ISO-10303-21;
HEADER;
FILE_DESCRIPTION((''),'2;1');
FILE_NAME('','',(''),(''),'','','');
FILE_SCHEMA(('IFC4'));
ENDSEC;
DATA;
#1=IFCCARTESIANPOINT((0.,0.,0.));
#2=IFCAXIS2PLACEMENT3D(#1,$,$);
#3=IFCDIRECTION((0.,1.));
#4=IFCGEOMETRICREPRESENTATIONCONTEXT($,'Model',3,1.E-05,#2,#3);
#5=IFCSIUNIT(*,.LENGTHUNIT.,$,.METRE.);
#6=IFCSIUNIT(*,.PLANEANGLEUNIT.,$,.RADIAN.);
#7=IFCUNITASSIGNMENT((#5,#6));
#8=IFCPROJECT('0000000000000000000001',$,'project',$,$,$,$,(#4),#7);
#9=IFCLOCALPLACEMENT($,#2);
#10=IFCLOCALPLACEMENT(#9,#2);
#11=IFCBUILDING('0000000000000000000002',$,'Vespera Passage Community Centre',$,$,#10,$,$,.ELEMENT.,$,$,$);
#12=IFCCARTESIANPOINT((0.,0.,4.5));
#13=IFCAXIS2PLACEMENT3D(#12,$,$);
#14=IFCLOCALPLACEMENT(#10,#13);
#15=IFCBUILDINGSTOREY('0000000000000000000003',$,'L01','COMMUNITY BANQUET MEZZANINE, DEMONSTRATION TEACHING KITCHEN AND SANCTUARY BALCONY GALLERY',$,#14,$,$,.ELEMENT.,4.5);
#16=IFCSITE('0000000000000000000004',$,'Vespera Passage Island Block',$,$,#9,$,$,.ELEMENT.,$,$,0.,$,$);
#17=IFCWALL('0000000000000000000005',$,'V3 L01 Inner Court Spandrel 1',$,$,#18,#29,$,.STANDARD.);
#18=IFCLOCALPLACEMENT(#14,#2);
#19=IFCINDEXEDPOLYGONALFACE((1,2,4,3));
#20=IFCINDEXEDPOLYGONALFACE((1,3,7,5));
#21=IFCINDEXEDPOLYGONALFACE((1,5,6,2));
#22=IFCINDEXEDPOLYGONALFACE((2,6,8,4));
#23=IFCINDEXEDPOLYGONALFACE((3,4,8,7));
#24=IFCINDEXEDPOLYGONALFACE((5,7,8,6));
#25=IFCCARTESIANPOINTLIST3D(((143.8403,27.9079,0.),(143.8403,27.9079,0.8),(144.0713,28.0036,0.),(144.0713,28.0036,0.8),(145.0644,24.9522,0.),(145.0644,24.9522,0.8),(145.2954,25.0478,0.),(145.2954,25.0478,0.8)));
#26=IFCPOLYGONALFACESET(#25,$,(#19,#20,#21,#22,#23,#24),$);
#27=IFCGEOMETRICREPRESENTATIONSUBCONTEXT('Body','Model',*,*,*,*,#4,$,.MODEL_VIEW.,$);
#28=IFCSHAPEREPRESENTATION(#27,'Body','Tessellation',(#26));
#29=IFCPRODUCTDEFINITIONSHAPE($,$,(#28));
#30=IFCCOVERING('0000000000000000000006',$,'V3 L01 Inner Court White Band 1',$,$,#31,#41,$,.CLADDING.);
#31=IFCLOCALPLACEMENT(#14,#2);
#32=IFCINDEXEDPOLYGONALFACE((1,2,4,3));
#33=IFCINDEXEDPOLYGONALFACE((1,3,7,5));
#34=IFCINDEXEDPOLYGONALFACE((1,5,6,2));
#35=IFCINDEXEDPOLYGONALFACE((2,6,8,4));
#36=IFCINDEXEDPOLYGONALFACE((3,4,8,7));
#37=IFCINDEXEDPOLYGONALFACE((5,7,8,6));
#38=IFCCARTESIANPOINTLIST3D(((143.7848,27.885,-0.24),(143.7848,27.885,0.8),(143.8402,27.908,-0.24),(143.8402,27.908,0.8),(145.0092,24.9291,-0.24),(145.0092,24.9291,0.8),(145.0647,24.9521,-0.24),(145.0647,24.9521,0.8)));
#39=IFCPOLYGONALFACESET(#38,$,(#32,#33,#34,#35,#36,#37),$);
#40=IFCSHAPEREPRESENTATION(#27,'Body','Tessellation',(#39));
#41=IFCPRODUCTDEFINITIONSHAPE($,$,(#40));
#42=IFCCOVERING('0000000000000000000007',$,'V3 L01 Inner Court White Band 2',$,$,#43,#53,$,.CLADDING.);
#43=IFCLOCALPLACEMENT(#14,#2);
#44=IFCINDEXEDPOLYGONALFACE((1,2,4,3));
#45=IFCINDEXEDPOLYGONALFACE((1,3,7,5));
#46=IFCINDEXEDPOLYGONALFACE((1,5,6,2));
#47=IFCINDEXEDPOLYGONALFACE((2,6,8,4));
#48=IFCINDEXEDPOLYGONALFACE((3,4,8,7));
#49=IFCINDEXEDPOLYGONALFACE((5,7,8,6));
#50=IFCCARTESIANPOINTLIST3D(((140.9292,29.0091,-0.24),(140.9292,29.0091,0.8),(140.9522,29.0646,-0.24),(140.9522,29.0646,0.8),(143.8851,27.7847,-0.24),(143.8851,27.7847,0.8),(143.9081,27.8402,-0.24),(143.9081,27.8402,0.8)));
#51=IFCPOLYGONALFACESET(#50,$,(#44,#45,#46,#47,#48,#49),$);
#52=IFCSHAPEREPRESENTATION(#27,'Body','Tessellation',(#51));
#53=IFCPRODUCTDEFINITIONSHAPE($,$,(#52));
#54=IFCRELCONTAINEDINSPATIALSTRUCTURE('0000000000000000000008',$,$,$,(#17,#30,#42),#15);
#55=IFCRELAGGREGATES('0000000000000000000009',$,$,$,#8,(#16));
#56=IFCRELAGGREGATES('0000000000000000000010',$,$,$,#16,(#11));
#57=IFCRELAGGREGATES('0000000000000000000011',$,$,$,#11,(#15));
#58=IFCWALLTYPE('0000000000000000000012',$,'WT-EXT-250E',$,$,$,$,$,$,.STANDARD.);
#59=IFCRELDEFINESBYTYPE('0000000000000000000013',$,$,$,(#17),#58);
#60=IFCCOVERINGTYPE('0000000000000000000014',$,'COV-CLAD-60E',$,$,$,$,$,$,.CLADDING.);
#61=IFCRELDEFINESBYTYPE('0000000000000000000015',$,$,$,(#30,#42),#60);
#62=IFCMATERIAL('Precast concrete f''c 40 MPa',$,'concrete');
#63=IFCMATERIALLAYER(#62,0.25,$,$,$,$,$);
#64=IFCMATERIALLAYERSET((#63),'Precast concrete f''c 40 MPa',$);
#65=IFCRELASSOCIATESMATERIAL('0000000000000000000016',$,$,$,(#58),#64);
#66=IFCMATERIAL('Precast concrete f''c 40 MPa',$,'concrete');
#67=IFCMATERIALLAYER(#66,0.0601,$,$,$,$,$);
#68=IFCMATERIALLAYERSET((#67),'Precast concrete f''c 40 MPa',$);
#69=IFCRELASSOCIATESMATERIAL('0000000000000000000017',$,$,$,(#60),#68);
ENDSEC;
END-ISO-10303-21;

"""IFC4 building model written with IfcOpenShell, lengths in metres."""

from ifc_helpers import new_model, si_unit, direction, frame, frame_2d, origin, place, context, subcontext, project, spatial, rectangle, extrude, material, layer, layer_set, type_object, element, save


model = new_model("IFC4")

# Units and contexts
model_context = context("Model", 3, precision=1e-05, world=origin(), true_north=direction((0.0, 1.0)))
body_context = subcontext(model_context, "Body", "Model", "MODEL_VIEW")
ifc_project = project(units=[si_unit("LENGTHUNIT", "METRE"), si_unit("PLANEANGLEUNIT", "RADIAN")], contexts=[model_context])

# Site, building, storey
site_placement = place(None, origin())
site = spatial("IfcSite", under=ifc_project, at=site_placement, Name="Vespera Passage Island Block", CompositionType="ELEMENT", RefElevation=0.0)
building_placement = place(site_placement, origin())
building = spatial("IfcBuilding", under=site, at=building_placement, Name="Vespera Passage Community Centre", CompositionType="ELEMENT")
storey_placement = place(building_placement, frame((0.0, 0.0, 4.5)))
storey = spatial("IfcBuildingStorey", under=building, at=storey_placement, Name="L01", Description="COMMUNITY BANQUET MEZZANINE, DEMONSTRATION TEACHING KITCHEN AND SANCTUARY BALCONY GALLERY", CompositionType="ELEMENT", Elevation=4.5)

# Wall
ifc_material_1 = material(Name="Precast concrete f'c 40 MPa", Category="concrete")
ifc_layer_1 = layer(ifc_material_1, 0.25)
ifc_layer_set_1 = layer_set([ifc_layer_1], Name="Precast concrete f'c 40 MPa")
wall_type = type_object("IfcWallType", Name="WT-EXT-250E", PredefinedType="STANDARD", material=ifc_layer_set_1)
wall_placement = place(storey_placement, frame((145.1799, 25.0, 0.0), z_axis=(0.0, 0.0, 1.0), x_axis=(-0.382626, 0.923903, 0.0)))
element("IfcWall", 1, at=wall_placement, inside=storey, type_object=wall_type, Name="V3 L01 Inner Court Spandrel 1", PredefinedType="STANDARD", context=body_context, shape_type="SweptSolid", body=[
    extrude(rectangle(XDim=3.1992, YDim=0.25, at=frame_2d((1.5996, 0.0))), origin(), (0.0, 0.0, 1.0), 0.8),
])

# Coverings
ifc_material_2 = material(Name="Precast concrete f'c 40 MPa", Category="concrete")
ifc_layer_2 = layer(ifc_material_2, 0.0601)
ifc_layer_set_2 = layer_set([ifc_layer_2], Name="Precast concrete f'c 40 MPa")
covering_type = type_object("IfcCoveringType", Name="COV-CLAD-60E", PredefinedType="CLADDING", material=ifc_layer_set_2)
for number, where, z_axis, x_axis, name in (
    (2, (145.0369, 24.9407, -0.24), (0.0, 0.0, 1.0), (-0.382691, 0.923876, 0.0), "V3 L01 Inner Court White Band 1"),
    (3, (143.8965, 27.8125, -0.24), (0.0, 0.0, 1.0), (-0.923876, 0.382691, 0.0), "V3 L01 Inner Court White Band 2"),
):
    element("IfcCovering", number, at=place(storey_placement, frame(where, z_axis=z_axis, x_axis=x_axis)), inside=storey, type_object=covering_type, Name=name, PredefinedType="CLADDING", context=body_context, shape_type="SweptSolid", body=[
        extrude(rectangle(XDim=3.1995, YDim=0.0601, at=frame_2d((1.5996, 0.0))), origin(), (0.0, 0.0, 1.0), 1.04),
    ])

save(model, "model.ifc")
